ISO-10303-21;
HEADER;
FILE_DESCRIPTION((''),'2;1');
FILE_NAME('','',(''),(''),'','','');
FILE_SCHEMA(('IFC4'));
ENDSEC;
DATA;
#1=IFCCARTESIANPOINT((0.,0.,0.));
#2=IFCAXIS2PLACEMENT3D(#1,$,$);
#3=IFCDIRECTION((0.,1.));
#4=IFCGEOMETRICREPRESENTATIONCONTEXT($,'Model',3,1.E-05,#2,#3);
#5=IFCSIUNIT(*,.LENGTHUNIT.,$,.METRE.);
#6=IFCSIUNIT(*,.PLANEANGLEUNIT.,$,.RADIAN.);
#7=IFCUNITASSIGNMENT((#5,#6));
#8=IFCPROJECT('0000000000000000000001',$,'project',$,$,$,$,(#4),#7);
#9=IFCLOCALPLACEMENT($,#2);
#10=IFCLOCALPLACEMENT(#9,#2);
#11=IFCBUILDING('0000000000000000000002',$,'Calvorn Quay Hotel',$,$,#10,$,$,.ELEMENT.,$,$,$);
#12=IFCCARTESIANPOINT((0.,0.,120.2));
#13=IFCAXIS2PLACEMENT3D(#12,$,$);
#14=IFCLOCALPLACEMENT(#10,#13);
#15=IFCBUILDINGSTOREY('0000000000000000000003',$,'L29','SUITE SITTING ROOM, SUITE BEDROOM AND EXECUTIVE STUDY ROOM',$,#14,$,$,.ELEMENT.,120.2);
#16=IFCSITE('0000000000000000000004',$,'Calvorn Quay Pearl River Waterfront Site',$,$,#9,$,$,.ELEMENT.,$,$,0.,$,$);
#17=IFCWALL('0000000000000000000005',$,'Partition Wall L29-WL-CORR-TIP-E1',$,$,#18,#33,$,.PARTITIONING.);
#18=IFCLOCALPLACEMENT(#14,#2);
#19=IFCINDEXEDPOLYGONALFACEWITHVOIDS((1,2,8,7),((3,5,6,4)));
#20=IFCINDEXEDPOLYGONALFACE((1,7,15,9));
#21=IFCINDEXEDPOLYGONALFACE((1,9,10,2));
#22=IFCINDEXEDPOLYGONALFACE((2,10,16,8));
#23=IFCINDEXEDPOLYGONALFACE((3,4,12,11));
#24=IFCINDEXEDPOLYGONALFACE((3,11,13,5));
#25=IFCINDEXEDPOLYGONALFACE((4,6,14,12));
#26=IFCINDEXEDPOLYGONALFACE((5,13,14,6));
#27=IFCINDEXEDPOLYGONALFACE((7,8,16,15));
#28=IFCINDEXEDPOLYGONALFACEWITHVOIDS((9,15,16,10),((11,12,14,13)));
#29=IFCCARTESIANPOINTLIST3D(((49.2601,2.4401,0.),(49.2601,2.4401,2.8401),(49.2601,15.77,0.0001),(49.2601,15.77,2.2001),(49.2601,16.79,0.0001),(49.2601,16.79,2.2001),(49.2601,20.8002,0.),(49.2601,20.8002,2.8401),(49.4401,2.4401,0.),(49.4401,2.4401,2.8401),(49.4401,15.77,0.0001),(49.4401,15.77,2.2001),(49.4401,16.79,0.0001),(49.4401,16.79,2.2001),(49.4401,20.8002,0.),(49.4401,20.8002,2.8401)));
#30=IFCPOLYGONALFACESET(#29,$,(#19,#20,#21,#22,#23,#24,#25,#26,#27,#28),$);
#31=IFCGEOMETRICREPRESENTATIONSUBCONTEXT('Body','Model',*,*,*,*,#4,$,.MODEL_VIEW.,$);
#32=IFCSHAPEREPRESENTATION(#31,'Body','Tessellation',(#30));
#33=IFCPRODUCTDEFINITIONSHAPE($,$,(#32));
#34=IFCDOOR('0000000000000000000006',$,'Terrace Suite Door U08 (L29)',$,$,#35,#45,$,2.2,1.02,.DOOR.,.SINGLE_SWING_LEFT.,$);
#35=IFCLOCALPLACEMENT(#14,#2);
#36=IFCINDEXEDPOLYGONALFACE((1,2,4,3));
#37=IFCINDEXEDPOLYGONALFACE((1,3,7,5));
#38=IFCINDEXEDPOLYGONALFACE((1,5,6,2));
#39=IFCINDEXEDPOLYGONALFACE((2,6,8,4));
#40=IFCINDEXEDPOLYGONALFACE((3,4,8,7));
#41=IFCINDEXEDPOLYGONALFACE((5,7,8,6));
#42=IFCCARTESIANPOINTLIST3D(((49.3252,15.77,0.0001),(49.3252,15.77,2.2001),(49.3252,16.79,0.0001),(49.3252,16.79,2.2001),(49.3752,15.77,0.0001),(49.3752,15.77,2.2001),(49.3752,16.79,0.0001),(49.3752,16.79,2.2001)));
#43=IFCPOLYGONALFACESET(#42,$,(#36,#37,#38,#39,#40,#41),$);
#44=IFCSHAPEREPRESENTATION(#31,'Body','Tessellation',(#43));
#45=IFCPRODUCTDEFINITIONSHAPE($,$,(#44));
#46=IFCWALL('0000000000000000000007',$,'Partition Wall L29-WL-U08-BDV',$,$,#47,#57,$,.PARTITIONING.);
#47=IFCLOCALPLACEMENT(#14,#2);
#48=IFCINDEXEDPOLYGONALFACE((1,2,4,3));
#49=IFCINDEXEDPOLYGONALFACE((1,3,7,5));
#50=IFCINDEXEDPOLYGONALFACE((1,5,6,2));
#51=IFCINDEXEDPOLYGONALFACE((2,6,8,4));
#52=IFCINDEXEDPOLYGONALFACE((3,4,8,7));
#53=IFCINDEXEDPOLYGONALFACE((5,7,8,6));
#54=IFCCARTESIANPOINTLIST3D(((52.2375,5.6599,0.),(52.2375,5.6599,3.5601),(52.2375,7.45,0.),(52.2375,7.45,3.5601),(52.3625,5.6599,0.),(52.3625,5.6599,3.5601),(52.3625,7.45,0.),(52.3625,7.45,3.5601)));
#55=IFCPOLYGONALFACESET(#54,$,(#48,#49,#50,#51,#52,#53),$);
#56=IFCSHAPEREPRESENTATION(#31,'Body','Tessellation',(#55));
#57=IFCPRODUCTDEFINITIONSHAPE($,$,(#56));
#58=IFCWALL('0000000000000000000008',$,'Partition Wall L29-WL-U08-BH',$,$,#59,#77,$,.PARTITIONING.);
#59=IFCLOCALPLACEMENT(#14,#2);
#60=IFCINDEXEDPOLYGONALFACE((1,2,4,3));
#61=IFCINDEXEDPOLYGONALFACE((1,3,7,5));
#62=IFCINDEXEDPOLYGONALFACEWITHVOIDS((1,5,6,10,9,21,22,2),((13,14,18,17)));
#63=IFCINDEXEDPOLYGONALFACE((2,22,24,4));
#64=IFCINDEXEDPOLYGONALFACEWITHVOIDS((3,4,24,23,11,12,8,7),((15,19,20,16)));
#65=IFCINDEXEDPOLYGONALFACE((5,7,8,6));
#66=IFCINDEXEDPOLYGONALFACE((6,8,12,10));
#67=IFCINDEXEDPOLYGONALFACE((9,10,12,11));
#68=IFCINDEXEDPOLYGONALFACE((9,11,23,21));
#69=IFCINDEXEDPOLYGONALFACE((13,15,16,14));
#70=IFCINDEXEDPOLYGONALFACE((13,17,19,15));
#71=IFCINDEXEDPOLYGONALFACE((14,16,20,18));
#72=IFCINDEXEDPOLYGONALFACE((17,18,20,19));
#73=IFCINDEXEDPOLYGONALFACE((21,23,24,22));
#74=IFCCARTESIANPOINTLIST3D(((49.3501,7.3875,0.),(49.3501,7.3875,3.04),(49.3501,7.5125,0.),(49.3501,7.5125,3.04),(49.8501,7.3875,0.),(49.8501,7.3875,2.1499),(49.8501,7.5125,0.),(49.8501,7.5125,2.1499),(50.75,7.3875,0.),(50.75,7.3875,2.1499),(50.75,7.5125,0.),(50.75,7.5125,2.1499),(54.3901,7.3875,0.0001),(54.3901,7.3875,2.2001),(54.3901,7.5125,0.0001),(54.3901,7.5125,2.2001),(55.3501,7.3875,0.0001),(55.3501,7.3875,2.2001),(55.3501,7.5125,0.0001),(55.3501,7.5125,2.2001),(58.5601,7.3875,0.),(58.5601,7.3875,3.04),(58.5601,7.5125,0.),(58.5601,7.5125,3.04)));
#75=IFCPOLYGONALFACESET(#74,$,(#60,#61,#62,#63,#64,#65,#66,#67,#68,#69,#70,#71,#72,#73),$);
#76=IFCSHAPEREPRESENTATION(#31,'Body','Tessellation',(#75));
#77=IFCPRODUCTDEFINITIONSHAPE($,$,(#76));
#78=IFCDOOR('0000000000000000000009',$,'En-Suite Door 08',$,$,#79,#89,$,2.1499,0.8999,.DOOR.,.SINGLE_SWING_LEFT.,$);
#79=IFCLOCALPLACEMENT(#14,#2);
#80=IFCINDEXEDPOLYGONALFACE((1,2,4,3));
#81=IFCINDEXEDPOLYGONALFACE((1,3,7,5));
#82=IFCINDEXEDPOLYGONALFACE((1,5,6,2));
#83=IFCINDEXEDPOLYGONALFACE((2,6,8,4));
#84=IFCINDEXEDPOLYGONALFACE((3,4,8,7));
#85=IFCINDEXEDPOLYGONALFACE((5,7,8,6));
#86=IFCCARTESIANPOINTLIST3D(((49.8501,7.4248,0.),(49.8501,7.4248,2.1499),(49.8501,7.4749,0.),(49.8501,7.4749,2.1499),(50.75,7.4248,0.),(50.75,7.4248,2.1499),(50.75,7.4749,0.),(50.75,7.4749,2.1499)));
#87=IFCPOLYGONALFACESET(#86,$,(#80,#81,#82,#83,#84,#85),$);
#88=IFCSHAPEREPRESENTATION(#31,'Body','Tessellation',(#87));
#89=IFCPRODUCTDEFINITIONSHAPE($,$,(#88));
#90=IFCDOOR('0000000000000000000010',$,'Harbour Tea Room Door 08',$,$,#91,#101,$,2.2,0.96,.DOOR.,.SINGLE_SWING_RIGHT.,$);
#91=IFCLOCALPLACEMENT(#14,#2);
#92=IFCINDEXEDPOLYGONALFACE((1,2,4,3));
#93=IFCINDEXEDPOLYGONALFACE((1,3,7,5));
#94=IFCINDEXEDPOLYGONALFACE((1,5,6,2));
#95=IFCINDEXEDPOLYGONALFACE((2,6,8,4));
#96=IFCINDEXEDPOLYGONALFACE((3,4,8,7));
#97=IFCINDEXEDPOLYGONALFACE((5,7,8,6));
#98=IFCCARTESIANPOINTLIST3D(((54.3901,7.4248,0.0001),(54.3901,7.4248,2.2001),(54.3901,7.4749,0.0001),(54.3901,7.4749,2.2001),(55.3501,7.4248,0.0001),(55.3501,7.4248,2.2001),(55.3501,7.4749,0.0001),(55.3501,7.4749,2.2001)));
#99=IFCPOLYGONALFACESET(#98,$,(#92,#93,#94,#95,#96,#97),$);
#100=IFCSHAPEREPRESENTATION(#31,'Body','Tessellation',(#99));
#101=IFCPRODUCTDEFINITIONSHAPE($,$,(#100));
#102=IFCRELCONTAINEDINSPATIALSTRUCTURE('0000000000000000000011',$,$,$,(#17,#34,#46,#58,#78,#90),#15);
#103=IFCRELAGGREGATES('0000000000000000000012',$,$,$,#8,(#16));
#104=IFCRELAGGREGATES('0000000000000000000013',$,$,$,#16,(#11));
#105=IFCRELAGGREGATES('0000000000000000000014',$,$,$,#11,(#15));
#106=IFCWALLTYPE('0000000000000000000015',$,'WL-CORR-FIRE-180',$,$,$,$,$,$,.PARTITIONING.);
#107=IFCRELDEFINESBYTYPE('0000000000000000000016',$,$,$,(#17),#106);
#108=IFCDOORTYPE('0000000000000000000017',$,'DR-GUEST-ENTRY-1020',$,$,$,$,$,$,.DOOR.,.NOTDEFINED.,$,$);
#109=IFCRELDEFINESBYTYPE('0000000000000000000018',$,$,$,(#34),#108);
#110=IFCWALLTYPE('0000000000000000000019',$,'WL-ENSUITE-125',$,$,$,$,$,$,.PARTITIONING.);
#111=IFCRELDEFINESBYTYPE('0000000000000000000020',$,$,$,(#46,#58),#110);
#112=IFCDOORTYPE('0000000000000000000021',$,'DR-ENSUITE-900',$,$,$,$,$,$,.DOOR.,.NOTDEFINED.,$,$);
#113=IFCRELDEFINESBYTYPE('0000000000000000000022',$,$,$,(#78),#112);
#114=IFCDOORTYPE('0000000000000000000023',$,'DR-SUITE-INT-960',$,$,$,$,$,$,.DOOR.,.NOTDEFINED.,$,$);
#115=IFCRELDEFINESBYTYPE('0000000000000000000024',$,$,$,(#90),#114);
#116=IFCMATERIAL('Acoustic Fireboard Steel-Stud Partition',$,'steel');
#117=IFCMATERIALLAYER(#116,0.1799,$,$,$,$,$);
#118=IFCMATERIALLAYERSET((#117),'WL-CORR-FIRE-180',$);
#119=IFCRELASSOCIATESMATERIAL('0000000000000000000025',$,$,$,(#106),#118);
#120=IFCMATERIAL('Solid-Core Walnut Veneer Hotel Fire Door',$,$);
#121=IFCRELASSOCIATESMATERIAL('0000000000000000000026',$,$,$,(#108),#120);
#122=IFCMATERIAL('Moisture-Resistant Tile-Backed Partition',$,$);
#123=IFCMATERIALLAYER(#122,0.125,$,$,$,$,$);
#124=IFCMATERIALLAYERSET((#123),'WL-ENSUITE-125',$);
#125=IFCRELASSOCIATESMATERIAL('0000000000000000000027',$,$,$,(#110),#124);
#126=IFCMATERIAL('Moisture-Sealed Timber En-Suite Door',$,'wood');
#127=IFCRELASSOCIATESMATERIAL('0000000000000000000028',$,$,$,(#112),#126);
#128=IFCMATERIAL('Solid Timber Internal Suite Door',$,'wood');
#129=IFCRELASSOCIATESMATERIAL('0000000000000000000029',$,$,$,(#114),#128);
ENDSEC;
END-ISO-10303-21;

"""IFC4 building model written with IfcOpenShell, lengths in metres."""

from ifc_helpers import new_model, si_unit, direction, frame, frame_2d, origin, place, context, subcontext, project, spatial, rectangle, extrude, material, layer, layer_set, type_object, element, fill, save


model = new_model("IFC4")

# Units and contexts
model_context = context("Model", 3, precision=1e-05, world=origin(), true_north=direction((0.0, 1.0)))
body_context = subcontext(model_context, "Body", "Model", "MODEL_VIEW")
ifc_project = project(units=[si_unit("LENGTHUNIT", "METRE"), si_unit("PLANEANGLEUNIT", "RADIAN")], contexts=[model_context])

# Site, building, storey
site_placement = place(None, origin())
site = spatial("IfcSite", under=ifc_project, at=site_placement, Name="Calvorn Quay Pearl River Waterfront Site", CompositionType="ELEMENT", RefElevation=0.0)
building_placement = place(site_placement, origin())
building = spatial("IfcBuilding", under=site, at=building_placement, Name="Calvorn Quay Hotel", CompositionType="ELEMENT")
storey_placement = place(building_placement, frame((0.0, 0.0, 120.2)))
storey = spatial("IfcBuildingStorey", under=building, at=storey_placement, Name="L29", Description="SUITE SITTING ROOM, SUITE BEDROOM AND EXECUTIVE STUDY ROOM", CompositionType="ELEMENT", Elevation=120.2)

# Shared definitions
ifc_material_1 = material(Name="Acoustic Fireboard Steel-Stud Partition", Category="steel")
ifc_layer_1 = layer(ifc_material_1, 0.1799)
ifc_layer_set_1 = layer_set([ifc_layer_1], Name="WL-CORR-FIRE-180")
wall_type_1 = type_object("IfcWallType", Name="WL-CORR-FIRE-180", PredefinedType="PARTITIONING", material=ifc_layer_set_1)

# Wall, opening, door
wall_1_placement = place(storey_placement, frame((49.3501, 2.4399, 0.0), z_axis=(0.0, 0.0, 1.0), x_axis=(0.0, 1.0, 0.0)))
wall_1 = element("IfcWall", 1, at=wall_1_placement, inside=storey, type_object=wall_type_1, Name="Partition Wall L29-WL-CORR-TIP-E1", PredefinedType="PARTITIONING", context=body_context, shape_type="SweptSolid", body=[
    extrude(rectangle(XDim=18.3601, YDim=0.1799, at=frame_2d((9.1802, 0.0))), origin(), (0.0, 0.0, 1.0), 2.8401),
])
opening_1_placement = place(wall_1_placement, frame((13.3301, 0.0, 0.0)))
opening_1 = element("IfcOpeningElement", 2, at=opening_1_placement, cuts=wall_1, PredefinedType="OPENING", context=body_context, shape_type="SweptSolid", body=[
    extrude(rectangle(XDim=1.02, YDim=2.2, at=frame_2d((0.51, 1.1001))), frame((0.0, 0.0999, 0.0), z_axis=(0.0, -1.0, 0.0), x_axis=(1.0, 0.0, 0.0)), (0.0, 0.0, 1.0), 0.2),
])
ifc_material_2 = material(Name="Solid-Core Walnut Veneer Hotel Fire Door")
door_type_1 = type_object("IfcDoorType", Name="DR-GUEST-ENTRY-1020", OperationType="NOTDEFINED", PredefinedType="DOOR", material=ifc_material_2)
door_1_placement = place(opening_1_placement, origin())
door_1 = element("IfcDoor", 3, at=door_1_placement, inside=storey, type_object=door_type_1, Name="Terrace Suite Door U08 (L29)", OperationType="SINGLE_SWING_LEFT", OverallHeight=2.2, OverallWidth=1.02, PredefinedType="DOOR", context=body_context, shape_type="SweptSolid", body=[
    extrude(rectangle(XDim=1.02, YDim=2.2, at=frame_2d((0.51, 1.1001))), frame((0.0, 0.0249, 0.0), z_axis=(0.0, -1.0, 0.0), x_axis=(1.0, 0.0, 0.0)), (0.0, 0.0, 1.0), 0.05),
])
fill(opening_1, door_1)

# Wall
ifc_material_3 = material(Name="Moisture-Resistant Tile-Backed Partition")
ifc_layer_2 = layer(ifc_material_3, 0.125)
ifc_layer_set_2 = layer_set([ifc_layer_2], Name="WL-ENSUITE-125")
wall_type_2 = type_object("IfcWallType", Name="WL-ENSUITE-125", PredefinedType="PARTITIONING", material=ifc_layer_set_2)
wall_2_placement = place(storey_placement, frame((52.3, 5.6599, 0.0), z_axis=(0.0, 0.0, 1.0), x_axis=(0.0, 1.0, 0.0)))
element("IfcWall", 4, at=wall_2_placement, inside=storey, type_object=wall_type_2, Name="Partition Wall L29-WL-U08-BDV", PredefinedType="PARTITIONING", context=body_context, shape_type="SweptSolid", body=[
    extrude(rectangle(XDim=1.79, YDim=0.125, at=frame_2d((0.895, 0.0))), origin(), (0.0, 0.0, 1.0), 3.5601),
])

# Wall, openings, doors
wall_3_placement = place(storey_placement, frame((49.3501, 7.45, 0.0), z_axis=(0.0, 0.0, 1.0), x_axis=(1.0, 0.0, 0.0)))
wall_3 = element("IfcWall", 5, at=wall_3_placement, inside=storey, type_object=wall_type_2, Name="Partition Wall L29-WL-U08-BH", PredefinedType="PARTITIONING", context=body_context, shape_type="SweptSolid", body=[
    extrude(rectangle(XDim=9.21, YDim=0.125, at=frame_2d((4.605, 0.0))), origin(), (0.0, 0.0, 1.0), 3.04),
])
opening_2_placement = place(wall_3_placement, frame((0.5, 0.0, 0.0)))
opening_2 = element("IfcOpeningElement", 6, at=opening_2_placement, cuts=wall_3, PredefinedType="OPENING", context=body_context, shape_type="SweptSolid", body=[
    extrude(rectangle(XDim=0.8999, YDim=2.1499, at=frame_2d((0.45, 1.075))), frame((0.0, 0.0725, 0.0), z_axis=(0.0, -1.0, 0.0), x_axis=(1.0, 0.0, 0.0)), (0.0, 0.0, 1.0), 0.145),
])
opening_3_placement = place(wall_3_placement, frame((5.04, 0.0, 0.0)))
opening_3 = element("IfcOpeningElement", 7, at=opening_3_placement, cuts=wall_3, PredefinedType="OPENING", context=body_context, shape_type="SweptSolid", body=[
    extrude(rectangle(XDim=0.96, YDim=2.2, at=frame_2d((0.48, 1.1001))), frame((0.0, 0.0725, 0.0), z_axis=(0.0, -1.0, 0.0), x_axis=(1.0, 0.0, 0.0)), (0.0, 0.0, 1.0), 0.145),
])
ifc_material_4 = material(Name="Moisture-Sealed Timber En-Suite Door", Category="wood")
door_type_2 = type_object("IfcDoorType", Name="DR-ENSUITE-900", OperationType="NOTDEFINED", PredefinedType="DOOR", material=ifc_material_4)
door_2_placement = place(opening_2_placement, origin())
door_2 = element("IfcDoor", 8, at=door_2_placement, inside=storey, type_object=door_type_2, Name="En-Suite Door 08", OperationType="SINGLE_SWING_LEFT", OverallHeight=2.1499, OverallWidth=0.8999, PredefinedType="DOOR", context=body_context, shape_type="SweptSolid", body=[
    extrude(rectangle(XDim=0.8999, YDim=2.1499, at=frame_2d((0.45, 1.075))), frame((0.0, 0.0249, 0.0), z_axis=(0.0, -1.0, 0.0), x_axis=(1.0, 0.0, 0.0)), (0.0, 0.0, 1.0), 0.05),
])
fill(opening_2, door_2)
ifc_material_5 = material(Name="Solid Timber Internal Suite Door", Category="wood")
door_type_3 = type_object("IfcDoorType", Name="DR-SUITE-INT-960", OperationType="NOTDEFINED", PredefinedType="DOOR", material=ifc_material_5)
door_3_placement = place(opening_3_placement, origin())
door_3 = element("IfcDoor", 9, at=door_3_placement, inside=storey, type_object=door_type_3, Name="Harbour Tea Room Door 08", OperationType="SINGLE_SWING_RIGHT", OverallHeight=2.2, OverallWidth=0.96, PredefinedType="DOOR", context=body_context, shape_type="SweptSolid", body=[
    extrude(rectangle(XDim=0.96, YDim=2.2, at=frame_2d((0.48, 1.1001))), frame((0.0, 0.0249, 0.0), z_axis=(0.0, -1.0, 0.0), x_axis=(1.0, 0.0, 0.0)), (0.0, 0.0, 1.0), 0.05),
])
fill(opening_3, door_3)

save(model, "model.ifc")
